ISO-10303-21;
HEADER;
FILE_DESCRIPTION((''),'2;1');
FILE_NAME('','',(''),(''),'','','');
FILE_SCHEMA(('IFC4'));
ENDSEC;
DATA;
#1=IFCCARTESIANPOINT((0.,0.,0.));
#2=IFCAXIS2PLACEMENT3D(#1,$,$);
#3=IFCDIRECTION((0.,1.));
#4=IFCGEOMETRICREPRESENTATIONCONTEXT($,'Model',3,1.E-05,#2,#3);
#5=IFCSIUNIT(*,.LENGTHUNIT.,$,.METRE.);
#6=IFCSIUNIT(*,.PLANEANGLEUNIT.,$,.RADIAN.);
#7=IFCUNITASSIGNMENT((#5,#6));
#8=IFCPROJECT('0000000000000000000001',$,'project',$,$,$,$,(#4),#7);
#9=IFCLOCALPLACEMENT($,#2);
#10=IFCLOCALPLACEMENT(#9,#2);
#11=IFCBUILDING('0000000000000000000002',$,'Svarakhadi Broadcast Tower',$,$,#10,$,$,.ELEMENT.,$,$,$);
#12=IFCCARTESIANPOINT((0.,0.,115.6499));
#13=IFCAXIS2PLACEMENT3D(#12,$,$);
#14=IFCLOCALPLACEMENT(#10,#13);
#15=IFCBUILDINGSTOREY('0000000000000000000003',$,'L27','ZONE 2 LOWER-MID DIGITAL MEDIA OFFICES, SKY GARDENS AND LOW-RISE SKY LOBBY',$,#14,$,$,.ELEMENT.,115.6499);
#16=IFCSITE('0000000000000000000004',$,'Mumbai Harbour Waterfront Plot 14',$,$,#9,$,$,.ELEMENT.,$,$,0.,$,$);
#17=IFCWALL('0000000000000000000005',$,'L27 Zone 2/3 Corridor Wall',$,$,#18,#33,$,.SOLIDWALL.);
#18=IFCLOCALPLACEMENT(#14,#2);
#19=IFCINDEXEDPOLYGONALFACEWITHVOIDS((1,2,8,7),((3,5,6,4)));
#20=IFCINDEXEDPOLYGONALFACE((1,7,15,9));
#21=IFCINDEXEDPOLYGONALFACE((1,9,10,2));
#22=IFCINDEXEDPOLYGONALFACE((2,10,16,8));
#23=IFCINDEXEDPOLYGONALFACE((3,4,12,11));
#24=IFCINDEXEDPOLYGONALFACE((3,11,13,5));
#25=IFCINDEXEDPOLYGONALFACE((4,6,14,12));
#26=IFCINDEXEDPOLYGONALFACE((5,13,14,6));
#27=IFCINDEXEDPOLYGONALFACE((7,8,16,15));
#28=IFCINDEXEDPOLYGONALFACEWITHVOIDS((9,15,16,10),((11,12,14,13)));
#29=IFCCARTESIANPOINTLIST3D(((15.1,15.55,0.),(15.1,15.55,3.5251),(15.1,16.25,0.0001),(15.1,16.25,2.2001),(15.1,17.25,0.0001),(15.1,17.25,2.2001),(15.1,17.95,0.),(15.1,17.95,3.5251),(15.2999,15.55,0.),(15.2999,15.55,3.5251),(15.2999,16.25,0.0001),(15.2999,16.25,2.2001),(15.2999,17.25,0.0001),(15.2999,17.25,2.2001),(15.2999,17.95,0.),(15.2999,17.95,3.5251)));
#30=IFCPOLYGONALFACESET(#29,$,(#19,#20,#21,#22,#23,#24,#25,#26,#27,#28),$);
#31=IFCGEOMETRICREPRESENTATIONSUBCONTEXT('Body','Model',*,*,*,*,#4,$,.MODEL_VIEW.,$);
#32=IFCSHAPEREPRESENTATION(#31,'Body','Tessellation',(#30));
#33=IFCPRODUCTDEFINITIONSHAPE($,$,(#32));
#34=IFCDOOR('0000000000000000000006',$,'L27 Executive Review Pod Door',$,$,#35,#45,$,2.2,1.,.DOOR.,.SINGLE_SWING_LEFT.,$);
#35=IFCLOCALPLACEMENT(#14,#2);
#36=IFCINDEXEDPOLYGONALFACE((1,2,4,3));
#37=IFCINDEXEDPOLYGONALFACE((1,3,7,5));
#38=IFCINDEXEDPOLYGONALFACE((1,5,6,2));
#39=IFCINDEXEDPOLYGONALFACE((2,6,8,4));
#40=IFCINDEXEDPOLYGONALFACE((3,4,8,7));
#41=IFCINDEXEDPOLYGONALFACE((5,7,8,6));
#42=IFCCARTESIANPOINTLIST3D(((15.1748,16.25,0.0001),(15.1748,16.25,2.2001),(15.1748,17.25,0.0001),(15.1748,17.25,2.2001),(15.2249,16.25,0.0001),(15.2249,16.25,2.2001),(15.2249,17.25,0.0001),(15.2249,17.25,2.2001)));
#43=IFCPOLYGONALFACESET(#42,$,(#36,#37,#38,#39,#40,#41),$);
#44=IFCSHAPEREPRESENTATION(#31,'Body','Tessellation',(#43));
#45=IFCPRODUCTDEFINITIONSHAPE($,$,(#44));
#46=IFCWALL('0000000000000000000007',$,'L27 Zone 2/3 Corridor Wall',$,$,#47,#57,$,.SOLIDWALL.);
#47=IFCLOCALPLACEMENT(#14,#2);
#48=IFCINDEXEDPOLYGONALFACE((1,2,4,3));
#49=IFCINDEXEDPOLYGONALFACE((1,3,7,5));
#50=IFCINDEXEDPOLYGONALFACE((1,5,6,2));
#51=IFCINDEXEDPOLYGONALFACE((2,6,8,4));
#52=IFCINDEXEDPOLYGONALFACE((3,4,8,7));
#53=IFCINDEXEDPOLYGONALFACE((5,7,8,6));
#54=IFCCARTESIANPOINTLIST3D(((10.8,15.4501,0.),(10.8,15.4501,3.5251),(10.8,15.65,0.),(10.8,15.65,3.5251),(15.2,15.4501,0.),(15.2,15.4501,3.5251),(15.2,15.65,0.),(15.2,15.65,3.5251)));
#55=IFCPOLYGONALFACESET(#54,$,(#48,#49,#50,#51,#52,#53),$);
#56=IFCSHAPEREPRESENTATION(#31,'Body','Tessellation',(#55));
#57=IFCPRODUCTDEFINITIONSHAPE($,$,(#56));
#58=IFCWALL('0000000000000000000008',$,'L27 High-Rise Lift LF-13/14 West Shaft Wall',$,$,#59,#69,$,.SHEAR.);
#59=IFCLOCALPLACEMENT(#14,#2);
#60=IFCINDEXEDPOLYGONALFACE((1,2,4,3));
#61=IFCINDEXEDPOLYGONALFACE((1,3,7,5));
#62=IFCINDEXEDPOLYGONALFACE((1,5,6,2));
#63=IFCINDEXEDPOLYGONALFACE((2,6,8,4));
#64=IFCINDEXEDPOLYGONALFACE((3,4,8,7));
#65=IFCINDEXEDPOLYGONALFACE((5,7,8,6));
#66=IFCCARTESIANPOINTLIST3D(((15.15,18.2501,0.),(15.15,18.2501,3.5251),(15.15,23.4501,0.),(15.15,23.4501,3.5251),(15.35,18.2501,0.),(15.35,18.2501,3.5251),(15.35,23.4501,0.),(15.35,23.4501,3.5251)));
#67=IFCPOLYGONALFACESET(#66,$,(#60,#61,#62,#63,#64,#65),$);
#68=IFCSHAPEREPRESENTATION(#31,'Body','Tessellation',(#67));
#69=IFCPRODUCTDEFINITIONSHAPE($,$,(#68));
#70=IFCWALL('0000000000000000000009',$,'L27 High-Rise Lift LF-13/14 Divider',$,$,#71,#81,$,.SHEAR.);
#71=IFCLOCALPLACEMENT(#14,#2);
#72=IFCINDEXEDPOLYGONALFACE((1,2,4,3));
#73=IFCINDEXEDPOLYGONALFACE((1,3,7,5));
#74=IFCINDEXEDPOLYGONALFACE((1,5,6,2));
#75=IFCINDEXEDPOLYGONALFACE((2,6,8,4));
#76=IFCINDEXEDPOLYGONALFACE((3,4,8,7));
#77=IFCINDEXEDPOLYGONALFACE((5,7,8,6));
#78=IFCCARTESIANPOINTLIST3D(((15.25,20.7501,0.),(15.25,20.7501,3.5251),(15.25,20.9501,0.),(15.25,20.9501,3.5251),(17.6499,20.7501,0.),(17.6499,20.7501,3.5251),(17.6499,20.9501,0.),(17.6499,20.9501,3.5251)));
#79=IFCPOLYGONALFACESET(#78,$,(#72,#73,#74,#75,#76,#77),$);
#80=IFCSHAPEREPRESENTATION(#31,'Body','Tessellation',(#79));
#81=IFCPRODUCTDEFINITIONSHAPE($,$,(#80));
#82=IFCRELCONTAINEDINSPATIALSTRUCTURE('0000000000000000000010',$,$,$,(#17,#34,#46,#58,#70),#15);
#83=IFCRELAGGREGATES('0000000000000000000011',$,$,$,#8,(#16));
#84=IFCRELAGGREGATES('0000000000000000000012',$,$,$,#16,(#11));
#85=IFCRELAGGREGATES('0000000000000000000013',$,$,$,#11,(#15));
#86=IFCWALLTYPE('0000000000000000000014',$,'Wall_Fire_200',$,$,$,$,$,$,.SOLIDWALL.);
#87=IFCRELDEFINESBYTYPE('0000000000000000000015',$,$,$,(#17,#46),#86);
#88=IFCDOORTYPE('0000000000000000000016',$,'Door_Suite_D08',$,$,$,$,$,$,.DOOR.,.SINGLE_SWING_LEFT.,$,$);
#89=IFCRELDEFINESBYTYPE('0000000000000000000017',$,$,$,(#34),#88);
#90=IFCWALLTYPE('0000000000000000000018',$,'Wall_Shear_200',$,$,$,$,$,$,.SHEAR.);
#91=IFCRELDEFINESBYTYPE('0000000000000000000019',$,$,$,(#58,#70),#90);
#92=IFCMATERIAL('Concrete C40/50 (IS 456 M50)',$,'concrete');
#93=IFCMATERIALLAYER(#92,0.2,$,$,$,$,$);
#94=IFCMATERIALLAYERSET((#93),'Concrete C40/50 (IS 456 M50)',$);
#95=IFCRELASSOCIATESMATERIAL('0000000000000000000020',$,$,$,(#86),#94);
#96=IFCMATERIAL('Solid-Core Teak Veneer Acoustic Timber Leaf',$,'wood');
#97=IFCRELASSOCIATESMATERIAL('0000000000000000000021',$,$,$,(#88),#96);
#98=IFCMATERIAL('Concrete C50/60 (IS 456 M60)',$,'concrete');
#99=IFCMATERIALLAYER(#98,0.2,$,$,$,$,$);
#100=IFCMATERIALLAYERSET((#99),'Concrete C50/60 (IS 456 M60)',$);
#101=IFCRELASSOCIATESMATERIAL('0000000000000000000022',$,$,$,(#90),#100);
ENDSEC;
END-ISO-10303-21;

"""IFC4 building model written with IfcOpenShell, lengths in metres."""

from ifc_helpers import new_model, si_unit, direction, frame, frame_2d, origin, place, context, subcontext, project, spatial, rectangle, extrude, material, layer, layer_set, type_object, element, fill, save


model = new_model("IFC4")

# Units and contexts
model_context = context("Model", 3, precision=1e-05, world=origin(), true_north=direction((0.0, 1.0)))
body_context = subcontext(model_context, "Body", "Model", "MODEL_VIEW")
ifc_project = project(units=[si_unit("LENGTHUNIT", "METRE"), si_unit("PLANEANGLEUNIT", "RADIAN")], contexts=[model_context])

# Site, building, storey
site_placement = place(None, origin())
site = spatial("IfcSite", under=ifc_project, at=site_placement, Name="Mumbai Harbour Waterfront Plot 14", CompositionType="ELEMENT", RefElevation=0.0)
building_placement = place(site_placement, origin())
building = spatial("IfcBuilding", under=site, at=building_placement, Name="Svarakhadi Broadcast Tower", CompositionType="ELEMENT")
storey_placement = place(building_placement, frame((0.0, 0.0, 115.6499)))
storey = spatial("IfcBuildingStorey", under=building, at=storey_placement, Name="L27", Description="ZONE 2 LOWER-MID DIGITAL MEDIA OFFICES, SKY GARDENS AND LOW-RISE SKY LOBBY", CompositionType="ELEMENT", Elevation=115.6499)

# Shared definitions
ifc_material_1 = material(Name="Concrete C50/60 (IS 456 M60)", Category="concrete")

# Wall, opening, door
ifc_material_2 = material(Name="Concrete C40/50 (IS 456 M50)", Category="concrete")
ifc_layer_1 = layer(ifc_material_2, 0.2)
ifc_layer_set_1 = layer_set([ifc_layer_1], Name="Concrete C40/50 (IS 456 M50)")
wall_type_1 = type_object("IfcWallType", Name="Wall_Fire_200", PredefinedType="SOLIDWALL", material=ifc_layer_set_1)
wall_1_placement = place(storey_placement, frame((15.2, 17.95, 0.0), z_axis=(0.0, 0.0, 1.0), x_axis=(0.0, -1.0, 0.0)))
wall_1 = element("IfcWall", 1, at=wall_1_placement, inside=storey, type_object=wall_type_1, Name="L27 Zone 2/3 Corridor Wall", PredefinedType="SOLIDWALL", context=body_context, shape_type="SweptSolid", body=[
    extrude(rectangle(XDim=2.3999, YDim=0.2, at=frame_2d((1.2, 0.0))), origin(), (0.0, 0.0, 1.0), 3.5251),
])
opening_1_placement = place(wall_1_placement, frame((0.7, 0.0, 0.0)))
opening_1 = element("IfcOpeningElement", 2, at=opening_1_placement, cuts=wall_1, PredefinedType="OPENING", context=body_context, shape_type="SweptSolid", body=[
    extrude(rectangle(XDim=1.0, YDim=2.2, at=frame_2d((0.5, 1.1001))), frame((0.0, 0.1099, 0.0), z_axis=(0.0, -1.0, 0.0), x_axis=(1.0, 0.0, 0.0)), (0.0, 0.0, 1.0), 0.22),
])
ifc_material_3 = material(Name="Solid-Core Teak Veneer Acoustic Timber Leaf", Category="wood")
door_type_1 = type_object("IfcDoorType", Name="Door_Suite_D08", OperationType="SINGLE_SWING_LEFT", PredefinedType="DOOR", material=ifc_material_3)
door_1_placement = place(opening_1_placement, origin())
door_1 = element("IfcDoor", 3, at=door_1_placement, inside=storey, type_object=door_type_1, Name="L27 Executive Review Pod Door", OperationType="SINGLE_SWING_LEFT", OverallHeight=2.2, OverallWidth=1.0, PredefinedType="DOOR", context=body_context, shape_type="SweptSolid", body=[
    extrude(rectangle(XDim=1.0, YDim=2.2, at=frame_2d((0.5, 1.1001))), frame((0.0, 0.0249, 0.0), z_axis=(0.0, -1.0, 0.0), x_axis=(1.0, 0.0, 0.0)), (0.0, 0.0, 1.0), 0.05),
])
fill(opening_1, door_1)

# Wall
wall_2_placement = place(storey_placement, frame((15.2, 15.55, 0.0), z_axis=(0.0, 0.0, 1.0), x_axis=(-1.0, 0.0, 0.0)))
element("IfcWall", 4, at=wall_2_placement, inside=storey, type_object=wall_type_1, Name="L27 Zone 2/3 Corridor Wall", PredefinedType="SOLIDWALL", context=body_context, shape_type="SweptSolid", body=[
    extrude(rectangle(XDim=4.3999, YDim=0.2, at=frame_2d((2.2, 0.0))), origin(), (0.0, 0.0, 1.0), 3.5251),
])

# Shared definitions
ifc_layer_2 = layer(ifc_material_1, 0.2)
ifc_layer_set_2 = layer_set([ifc_layer_2], Name="Concrete C50/60 (IS 456 M60)")
wall_type_2 = type_object("IfcWallType", Name="Wall_Shear_200", PredefinedType="SHEAR", material=ifc_layer_set_2)

# Walls
wall_3_placement = place(storey_placement, frame((15.25, 18.25, 0.0), z_axis=(0.0, 0.0, 1.0), x_axis=(0.0, 1.0, 0.0)))
element("IfcWall", 5, at=wall_3_placement, inside=storey, type_object=wall_type_2, Name="L27 High-Rise Lift LF-13/14 West Shaft Wall", PredefinedType="SHEAR", context=body_context, shape_type="SweptSolid", body=[
    extrude(rectangle(XDim=5.2, YDim=0.2, at=frame_2d((2.6001, 0.0))), origin(), (0.0, 0.0, 1.0), 3.5251),
])
wall_4_placement = place(storey_placement, frame((15.25, 20.8501, 0.0), z_axis=(0.0, 0.0, 1.0), x_axis=(1.0, 0.0, 0.0)))
element("IfcWall", 6, at=wall_4_placement, inside=storey, type_object=wall_type_2, Name="L27 High-Rise Lift LF-13/14 Divider", PredefinedType="SHEAR", context=body_context, shape_type="SweptSolid", body=[
    extrude(rectangle(XDim=2.3999, YDim=0.2, at=frame_2d((1.2, 0.0))), origin(), (0.0, 0.0, 1.0), 3.5251),
])

save(model, "model.ifc")
